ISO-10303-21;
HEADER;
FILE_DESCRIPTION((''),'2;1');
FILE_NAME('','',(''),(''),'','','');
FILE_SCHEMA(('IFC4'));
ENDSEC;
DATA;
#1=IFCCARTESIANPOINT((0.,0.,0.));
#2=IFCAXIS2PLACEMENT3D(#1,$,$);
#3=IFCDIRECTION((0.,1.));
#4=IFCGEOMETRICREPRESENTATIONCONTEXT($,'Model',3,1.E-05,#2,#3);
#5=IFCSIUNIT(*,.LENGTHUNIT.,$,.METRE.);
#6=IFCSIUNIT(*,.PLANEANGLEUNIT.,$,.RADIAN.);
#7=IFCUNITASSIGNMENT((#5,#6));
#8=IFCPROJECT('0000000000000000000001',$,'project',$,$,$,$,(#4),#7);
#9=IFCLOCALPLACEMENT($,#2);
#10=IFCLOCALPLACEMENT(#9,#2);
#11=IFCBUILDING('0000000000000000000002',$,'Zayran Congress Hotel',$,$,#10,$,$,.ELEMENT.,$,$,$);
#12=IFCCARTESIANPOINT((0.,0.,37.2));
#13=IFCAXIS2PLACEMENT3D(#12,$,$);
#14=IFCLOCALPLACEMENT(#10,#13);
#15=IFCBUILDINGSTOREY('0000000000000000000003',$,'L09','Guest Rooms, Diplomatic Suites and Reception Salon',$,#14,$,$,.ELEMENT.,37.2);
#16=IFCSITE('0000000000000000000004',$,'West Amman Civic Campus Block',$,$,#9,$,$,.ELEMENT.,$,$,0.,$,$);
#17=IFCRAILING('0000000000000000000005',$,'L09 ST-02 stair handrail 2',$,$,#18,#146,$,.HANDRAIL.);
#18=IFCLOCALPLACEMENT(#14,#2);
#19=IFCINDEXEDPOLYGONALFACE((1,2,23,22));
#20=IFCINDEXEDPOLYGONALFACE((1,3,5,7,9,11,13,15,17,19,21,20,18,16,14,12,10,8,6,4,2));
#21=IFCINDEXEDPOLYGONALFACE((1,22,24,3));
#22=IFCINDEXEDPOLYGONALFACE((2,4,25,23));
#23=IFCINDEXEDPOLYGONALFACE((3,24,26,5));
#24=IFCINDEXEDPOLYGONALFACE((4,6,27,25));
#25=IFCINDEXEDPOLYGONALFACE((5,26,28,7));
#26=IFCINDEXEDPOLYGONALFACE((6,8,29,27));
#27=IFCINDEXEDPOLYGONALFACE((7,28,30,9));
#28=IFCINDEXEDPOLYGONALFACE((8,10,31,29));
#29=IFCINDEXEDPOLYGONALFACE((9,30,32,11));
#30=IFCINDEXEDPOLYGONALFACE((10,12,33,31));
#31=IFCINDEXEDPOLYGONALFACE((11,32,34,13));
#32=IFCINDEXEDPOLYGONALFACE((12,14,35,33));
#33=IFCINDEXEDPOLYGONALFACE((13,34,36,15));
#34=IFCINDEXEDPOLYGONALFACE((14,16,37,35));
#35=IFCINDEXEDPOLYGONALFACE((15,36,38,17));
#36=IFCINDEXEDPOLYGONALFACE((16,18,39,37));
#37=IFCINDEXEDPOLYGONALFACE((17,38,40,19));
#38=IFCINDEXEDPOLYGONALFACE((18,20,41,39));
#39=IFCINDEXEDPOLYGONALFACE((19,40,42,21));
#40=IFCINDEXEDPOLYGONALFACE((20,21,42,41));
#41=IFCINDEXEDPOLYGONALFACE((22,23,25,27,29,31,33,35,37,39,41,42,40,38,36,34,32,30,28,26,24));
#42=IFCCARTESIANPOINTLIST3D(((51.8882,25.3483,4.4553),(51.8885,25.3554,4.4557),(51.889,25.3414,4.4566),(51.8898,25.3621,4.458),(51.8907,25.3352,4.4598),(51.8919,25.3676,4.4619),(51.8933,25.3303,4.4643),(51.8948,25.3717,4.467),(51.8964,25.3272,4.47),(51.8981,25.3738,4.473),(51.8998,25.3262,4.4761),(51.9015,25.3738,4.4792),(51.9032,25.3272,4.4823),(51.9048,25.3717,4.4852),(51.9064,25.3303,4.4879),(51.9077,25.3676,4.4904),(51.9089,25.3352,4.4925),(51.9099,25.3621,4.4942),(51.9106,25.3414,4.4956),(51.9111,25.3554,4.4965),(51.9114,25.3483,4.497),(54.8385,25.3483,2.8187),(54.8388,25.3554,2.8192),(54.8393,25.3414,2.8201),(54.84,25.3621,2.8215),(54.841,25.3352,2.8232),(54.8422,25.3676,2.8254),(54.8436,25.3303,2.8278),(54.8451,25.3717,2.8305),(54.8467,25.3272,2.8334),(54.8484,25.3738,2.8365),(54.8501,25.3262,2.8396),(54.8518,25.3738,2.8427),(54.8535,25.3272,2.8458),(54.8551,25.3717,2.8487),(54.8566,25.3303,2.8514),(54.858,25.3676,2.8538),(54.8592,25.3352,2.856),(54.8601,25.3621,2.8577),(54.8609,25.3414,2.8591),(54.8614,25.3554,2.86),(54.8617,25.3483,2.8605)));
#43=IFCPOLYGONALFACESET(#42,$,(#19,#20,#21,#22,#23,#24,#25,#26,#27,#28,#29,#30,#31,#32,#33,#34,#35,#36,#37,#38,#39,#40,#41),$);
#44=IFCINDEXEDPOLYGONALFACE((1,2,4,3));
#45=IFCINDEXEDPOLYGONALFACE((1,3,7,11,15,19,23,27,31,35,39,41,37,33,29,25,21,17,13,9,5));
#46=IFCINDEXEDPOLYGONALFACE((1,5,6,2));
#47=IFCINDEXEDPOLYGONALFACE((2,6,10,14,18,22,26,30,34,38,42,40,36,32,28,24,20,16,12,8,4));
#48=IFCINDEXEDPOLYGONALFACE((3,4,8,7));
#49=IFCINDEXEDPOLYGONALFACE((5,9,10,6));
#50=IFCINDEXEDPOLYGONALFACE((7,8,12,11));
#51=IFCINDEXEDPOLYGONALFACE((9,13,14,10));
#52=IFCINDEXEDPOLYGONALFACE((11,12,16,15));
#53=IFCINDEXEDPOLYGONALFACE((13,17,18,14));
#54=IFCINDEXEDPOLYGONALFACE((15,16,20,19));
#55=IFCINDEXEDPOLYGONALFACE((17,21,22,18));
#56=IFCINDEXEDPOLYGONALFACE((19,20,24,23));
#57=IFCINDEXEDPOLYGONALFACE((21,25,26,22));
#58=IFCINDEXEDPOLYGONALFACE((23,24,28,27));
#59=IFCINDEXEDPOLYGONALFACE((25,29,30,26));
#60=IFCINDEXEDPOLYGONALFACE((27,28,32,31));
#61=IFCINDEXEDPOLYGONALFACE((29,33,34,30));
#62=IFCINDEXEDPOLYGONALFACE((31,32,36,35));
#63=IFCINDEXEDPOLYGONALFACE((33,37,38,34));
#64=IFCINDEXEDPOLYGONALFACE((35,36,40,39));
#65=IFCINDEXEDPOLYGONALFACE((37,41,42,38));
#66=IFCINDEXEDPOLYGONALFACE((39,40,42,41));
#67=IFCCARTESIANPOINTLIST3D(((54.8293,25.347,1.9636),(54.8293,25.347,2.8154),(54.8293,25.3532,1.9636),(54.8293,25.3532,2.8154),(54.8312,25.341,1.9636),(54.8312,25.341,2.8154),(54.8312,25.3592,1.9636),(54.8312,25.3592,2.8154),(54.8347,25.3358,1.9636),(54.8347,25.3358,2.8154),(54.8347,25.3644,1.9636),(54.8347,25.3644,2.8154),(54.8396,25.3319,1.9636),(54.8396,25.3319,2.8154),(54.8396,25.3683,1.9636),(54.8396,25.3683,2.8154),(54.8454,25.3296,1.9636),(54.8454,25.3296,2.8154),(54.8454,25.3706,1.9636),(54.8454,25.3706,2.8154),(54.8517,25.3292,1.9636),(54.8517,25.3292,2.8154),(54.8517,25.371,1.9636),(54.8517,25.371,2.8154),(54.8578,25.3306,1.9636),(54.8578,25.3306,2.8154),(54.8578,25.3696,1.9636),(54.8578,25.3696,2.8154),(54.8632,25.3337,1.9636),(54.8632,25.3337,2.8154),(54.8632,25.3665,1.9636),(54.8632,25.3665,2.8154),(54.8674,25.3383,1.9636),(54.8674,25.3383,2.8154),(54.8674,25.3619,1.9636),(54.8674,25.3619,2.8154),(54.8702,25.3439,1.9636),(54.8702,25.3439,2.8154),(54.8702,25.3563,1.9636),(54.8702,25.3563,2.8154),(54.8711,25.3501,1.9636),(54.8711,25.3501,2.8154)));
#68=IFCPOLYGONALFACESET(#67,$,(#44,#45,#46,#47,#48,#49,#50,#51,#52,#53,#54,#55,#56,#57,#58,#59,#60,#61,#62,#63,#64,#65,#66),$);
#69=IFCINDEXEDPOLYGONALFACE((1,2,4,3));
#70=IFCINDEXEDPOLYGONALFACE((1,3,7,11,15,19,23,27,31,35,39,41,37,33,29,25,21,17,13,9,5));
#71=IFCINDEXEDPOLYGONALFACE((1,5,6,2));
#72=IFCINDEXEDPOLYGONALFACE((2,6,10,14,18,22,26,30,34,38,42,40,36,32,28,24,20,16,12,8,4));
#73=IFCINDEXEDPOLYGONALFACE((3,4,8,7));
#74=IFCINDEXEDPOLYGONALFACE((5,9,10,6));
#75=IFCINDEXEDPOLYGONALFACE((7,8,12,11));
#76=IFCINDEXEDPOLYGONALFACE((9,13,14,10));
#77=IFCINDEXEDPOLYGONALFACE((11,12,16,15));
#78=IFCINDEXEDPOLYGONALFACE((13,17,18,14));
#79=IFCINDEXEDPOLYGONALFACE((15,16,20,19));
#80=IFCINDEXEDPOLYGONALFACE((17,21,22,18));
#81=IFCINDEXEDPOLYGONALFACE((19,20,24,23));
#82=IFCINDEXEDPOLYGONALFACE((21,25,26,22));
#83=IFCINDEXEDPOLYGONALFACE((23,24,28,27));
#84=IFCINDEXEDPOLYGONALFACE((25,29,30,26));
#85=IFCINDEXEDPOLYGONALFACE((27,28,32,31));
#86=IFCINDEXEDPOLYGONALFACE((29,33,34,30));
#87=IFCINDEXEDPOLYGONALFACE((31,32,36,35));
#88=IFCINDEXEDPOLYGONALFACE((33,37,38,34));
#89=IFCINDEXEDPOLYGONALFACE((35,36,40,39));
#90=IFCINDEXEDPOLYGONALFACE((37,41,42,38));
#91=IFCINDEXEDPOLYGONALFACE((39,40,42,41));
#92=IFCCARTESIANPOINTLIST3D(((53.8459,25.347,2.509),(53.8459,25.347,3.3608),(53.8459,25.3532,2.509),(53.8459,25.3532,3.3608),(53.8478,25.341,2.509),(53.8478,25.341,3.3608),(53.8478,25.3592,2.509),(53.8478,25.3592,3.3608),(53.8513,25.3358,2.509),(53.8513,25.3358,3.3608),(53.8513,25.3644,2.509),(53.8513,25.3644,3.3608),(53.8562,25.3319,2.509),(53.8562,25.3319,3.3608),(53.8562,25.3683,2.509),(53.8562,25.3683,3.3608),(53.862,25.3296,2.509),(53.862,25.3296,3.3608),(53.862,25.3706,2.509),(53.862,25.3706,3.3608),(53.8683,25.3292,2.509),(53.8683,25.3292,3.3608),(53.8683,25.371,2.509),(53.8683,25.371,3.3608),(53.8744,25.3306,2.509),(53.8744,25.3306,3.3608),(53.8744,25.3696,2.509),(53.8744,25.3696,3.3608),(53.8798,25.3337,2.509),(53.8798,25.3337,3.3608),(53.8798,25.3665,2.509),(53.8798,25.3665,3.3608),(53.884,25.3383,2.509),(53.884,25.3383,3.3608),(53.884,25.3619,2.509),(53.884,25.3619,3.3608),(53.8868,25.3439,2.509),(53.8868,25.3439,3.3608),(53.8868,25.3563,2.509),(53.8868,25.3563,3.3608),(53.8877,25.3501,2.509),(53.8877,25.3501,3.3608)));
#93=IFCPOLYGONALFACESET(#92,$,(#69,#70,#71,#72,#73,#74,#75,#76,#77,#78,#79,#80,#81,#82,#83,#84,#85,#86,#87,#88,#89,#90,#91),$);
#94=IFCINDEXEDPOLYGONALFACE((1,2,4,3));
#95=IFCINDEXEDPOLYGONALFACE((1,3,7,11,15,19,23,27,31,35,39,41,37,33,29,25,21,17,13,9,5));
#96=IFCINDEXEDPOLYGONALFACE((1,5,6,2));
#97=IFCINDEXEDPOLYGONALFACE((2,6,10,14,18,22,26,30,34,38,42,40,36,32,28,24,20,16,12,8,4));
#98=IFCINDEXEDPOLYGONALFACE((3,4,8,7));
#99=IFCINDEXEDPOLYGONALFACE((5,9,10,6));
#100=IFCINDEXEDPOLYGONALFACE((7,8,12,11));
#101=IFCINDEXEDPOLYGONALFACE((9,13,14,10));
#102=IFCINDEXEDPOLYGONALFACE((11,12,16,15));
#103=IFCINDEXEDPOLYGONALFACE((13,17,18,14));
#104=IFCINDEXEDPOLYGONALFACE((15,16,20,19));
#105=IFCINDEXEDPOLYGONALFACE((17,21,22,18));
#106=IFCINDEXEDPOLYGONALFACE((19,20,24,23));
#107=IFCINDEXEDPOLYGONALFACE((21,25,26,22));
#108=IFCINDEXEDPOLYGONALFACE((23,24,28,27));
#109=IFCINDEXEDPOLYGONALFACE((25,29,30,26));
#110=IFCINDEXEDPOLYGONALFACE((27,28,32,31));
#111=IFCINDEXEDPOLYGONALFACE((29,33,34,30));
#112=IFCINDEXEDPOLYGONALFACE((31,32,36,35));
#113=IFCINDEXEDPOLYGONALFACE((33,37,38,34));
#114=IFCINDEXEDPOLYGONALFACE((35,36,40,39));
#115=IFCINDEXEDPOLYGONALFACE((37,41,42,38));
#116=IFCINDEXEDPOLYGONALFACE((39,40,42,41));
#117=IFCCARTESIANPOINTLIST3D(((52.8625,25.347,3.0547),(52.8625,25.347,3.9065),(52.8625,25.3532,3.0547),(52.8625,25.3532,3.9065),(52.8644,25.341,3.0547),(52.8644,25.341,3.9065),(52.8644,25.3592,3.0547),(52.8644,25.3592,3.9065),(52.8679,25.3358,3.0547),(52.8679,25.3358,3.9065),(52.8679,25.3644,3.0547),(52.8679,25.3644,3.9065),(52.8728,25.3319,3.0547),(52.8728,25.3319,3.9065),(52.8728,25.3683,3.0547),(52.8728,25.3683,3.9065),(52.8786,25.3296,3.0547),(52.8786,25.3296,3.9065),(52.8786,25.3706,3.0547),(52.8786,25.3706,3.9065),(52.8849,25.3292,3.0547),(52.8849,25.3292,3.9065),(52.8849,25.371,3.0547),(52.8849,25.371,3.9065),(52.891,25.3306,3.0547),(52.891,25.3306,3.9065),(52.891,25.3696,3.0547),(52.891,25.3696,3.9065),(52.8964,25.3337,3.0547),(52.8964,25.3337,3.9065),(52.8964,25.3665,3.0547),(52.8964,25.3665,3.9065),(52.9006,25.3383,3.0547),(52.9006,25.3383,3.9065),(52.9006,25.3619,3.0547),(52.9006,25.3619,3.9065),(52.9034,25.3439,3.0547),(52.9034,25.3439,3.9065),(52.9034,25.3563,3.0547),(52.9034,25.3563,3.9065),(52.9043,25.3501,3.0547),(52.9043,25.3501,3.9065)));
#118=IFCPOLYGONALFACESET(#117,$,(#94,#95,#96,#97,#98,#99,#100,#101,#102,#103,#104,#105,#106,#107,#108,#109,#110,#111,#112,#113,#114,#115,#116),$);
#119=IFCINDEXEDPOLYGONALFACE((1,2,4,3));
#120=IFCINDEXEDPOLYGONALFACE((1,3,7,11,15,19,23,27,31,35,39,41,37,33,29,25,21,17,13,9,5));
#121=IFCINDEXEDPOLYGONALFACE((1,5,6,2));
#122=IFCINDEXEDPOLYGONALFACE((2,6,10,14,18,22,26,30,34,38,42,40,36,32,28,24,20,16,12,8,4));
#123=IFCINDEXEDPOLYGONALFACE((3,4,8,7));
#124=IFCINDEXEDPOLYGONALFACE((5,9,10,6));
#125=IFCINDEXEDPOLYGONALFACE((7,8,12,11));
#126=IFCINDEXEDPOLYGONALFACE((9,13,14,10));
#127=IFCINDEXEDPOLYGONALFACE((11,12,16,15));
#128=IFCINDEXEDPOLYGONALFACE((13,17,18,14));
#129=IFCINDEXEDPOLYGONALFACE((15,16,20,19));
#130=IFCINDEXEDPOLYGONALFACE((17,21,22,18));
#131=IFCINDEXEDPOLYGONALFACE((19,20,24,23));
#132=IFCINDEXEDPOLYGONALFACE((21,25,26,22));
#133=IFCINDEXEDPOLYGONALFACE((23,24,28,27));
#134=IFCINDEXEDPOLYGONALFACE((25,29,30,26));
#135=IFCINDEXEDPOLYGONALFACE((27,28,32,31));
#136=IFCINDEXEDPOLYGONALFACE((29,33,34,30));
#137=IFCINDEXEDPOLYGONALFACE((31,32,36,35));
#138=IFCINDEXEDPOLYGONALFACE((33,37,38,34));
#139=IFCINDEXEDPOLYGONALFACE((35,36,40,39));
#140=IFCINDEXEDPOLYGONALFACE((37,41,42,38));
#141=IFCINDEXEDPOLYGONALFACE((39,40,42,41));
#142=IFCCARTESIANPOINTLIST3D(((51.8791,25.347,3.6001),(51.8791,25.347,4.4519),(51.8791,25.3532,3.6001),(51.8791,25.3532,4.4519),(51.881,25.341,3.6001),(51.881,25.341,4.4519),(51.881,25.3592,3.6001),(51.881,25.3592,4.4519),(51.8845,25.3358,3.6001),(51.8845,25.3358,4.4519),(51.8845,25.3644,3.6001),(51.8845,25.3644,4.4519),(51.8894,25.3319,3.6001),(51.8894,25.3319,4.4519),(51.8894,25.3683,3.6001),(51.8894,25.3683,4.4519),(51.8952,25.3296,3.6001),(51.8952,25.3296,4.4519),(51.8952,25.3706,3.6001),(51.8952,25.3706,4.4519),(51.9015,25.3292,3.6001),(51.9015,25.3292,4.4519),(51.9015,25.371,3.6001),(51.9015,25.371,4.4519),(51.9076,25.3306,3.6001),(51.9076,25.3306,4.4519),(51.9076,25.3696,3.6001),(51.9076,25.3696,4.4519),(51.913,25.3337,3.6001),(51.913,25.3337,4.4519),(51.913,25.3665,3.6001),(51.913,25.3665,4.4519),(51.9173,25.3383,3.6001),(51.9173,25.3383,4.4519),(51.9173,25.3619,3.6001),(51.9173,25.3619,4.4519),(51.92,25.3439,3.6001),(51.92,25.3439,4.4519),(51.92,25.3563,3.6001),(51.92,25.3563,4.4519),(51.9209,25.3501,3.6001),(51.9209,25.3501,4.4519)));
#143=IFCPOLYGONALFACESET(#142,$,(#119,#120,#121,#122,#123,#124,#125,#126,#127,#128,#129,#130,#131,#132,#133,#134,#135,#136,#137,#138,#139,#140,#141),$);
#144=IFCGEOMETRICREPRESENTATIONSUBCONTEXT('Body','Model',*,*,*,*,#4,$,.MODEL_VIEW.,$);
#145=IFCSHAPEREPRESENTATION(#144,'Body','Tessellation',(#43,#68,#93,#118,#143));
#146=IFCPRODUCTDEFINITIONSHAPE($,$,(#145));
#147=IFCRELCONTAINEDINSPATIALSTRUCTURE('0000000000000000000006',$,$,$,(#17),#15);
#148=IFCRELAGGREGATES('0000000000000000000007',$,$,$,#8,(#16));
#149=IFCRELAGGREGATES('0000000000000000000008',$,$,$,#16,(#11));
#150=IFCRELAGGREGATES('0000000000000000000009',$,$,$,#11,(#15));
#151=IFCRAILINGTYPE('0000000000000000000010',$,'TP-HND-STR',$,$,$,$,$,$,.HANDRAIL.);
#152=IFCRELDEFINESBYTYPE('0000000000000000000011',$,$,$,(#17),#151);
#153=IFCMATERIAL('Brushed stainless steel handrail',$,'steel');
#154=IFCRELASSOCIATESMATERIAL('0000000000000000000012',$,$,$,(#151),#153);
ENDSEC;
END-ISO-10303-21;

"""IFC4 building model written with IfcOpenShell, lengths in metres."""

from ifc_helpers import new_model, si_unit, direction, frame, origin, origin_2d, place, context, subcontext, project, spatial, circle, extrude, material, type_object, element, save


model = new_model("IFC4")

# Units and contexts
model_context = context("Model", 3, precision=1e-05, world=origin(), true_north=direction((0.0, 1.0)))
body_context = subcontext(model_context, "Body", "Model", "MODEL_VIEW")
ifc_project = project(units=[si_unit("LENGTHUNIT", "METRE"), si_unit("PLANEANGLEUNIT", "RADIAN")], contexts=[model_context])

# Site, building, storey
site_placement = place(None, origin())
site = spatial("IfcSite", under=ifc_project, at=site_placement, Name="West Amman Civic Campus Block", CompositionType="ELEMENT", RefElevation=0.0)
building_placement = place(site_placement, origin())
building = spatial("IfcBuilding", under=site, at=building_placement, Name="Zayran Congress Hotel", CompositionType="ELEMENT")
storey_placement = place(building_placement, frame((0.0, 0.0, 37.2)))
storey = spatial("IfcBuildingStorey", under=building, at=storey_placement, Name="L09", Description="Guest Rooms, Diplomatic Suites and Reception Salon", CompositionType="ELEMENT", Elevation=37.2)

# Railing
ifc_material_1 = material(Name="Brushed stainless steel handrail", Category="steel")
railing_type_1 = type_object("IfcRailingType", Name="TP-HND-STR", PredefinedType="HANDRAIL", material=ifc_material_1)
railing_1_placement = place(storey_placement, frame((54.8501, 25.3501, 1.9636)))
element("IfcRailing", 1, at=railing_1_placement, inside=storey, type_object=railing_type_1, Name="L09 ST-02 stair handrail 2", PredefinedType="HANDRAIL", context=body_context, shape_type="SweptSolid", body=[
    extrude(circle(Radius=0.0239, at=origin_2d()), frame((0.0, 0.0, 0.876), z_axis=(-0.874475, 0.0, 0.485071), x_axis=(0.0, -1.0, 0.0)), (0.0, 0.0, 1.0), 3.3738),
    extrude(circle(Radius=0.021, at=origin_2d()), origin(), (0.0, 0.0, 1.0), 0.8518),
    extrude(circle(Radius=0.021, at=origin_2d()), frame((-0.9834, 0.0, 0.5454)), (0.0, 0.0, 1.0), 0.8518),
    extrude(circle(Radius=0.021, at=origin_2d()), frame((-1.9668, 0.0, 1.0911)), (0.0, 0.0, 1.0), 0.8518),
    extrude(circle(Radius=0.021, at=origin_2d()), frame((-2.9502, 0.0, 1.6365)), (0.0, 0.0, 1.0), 0.8518),
])

save(model, "model.ifc")
